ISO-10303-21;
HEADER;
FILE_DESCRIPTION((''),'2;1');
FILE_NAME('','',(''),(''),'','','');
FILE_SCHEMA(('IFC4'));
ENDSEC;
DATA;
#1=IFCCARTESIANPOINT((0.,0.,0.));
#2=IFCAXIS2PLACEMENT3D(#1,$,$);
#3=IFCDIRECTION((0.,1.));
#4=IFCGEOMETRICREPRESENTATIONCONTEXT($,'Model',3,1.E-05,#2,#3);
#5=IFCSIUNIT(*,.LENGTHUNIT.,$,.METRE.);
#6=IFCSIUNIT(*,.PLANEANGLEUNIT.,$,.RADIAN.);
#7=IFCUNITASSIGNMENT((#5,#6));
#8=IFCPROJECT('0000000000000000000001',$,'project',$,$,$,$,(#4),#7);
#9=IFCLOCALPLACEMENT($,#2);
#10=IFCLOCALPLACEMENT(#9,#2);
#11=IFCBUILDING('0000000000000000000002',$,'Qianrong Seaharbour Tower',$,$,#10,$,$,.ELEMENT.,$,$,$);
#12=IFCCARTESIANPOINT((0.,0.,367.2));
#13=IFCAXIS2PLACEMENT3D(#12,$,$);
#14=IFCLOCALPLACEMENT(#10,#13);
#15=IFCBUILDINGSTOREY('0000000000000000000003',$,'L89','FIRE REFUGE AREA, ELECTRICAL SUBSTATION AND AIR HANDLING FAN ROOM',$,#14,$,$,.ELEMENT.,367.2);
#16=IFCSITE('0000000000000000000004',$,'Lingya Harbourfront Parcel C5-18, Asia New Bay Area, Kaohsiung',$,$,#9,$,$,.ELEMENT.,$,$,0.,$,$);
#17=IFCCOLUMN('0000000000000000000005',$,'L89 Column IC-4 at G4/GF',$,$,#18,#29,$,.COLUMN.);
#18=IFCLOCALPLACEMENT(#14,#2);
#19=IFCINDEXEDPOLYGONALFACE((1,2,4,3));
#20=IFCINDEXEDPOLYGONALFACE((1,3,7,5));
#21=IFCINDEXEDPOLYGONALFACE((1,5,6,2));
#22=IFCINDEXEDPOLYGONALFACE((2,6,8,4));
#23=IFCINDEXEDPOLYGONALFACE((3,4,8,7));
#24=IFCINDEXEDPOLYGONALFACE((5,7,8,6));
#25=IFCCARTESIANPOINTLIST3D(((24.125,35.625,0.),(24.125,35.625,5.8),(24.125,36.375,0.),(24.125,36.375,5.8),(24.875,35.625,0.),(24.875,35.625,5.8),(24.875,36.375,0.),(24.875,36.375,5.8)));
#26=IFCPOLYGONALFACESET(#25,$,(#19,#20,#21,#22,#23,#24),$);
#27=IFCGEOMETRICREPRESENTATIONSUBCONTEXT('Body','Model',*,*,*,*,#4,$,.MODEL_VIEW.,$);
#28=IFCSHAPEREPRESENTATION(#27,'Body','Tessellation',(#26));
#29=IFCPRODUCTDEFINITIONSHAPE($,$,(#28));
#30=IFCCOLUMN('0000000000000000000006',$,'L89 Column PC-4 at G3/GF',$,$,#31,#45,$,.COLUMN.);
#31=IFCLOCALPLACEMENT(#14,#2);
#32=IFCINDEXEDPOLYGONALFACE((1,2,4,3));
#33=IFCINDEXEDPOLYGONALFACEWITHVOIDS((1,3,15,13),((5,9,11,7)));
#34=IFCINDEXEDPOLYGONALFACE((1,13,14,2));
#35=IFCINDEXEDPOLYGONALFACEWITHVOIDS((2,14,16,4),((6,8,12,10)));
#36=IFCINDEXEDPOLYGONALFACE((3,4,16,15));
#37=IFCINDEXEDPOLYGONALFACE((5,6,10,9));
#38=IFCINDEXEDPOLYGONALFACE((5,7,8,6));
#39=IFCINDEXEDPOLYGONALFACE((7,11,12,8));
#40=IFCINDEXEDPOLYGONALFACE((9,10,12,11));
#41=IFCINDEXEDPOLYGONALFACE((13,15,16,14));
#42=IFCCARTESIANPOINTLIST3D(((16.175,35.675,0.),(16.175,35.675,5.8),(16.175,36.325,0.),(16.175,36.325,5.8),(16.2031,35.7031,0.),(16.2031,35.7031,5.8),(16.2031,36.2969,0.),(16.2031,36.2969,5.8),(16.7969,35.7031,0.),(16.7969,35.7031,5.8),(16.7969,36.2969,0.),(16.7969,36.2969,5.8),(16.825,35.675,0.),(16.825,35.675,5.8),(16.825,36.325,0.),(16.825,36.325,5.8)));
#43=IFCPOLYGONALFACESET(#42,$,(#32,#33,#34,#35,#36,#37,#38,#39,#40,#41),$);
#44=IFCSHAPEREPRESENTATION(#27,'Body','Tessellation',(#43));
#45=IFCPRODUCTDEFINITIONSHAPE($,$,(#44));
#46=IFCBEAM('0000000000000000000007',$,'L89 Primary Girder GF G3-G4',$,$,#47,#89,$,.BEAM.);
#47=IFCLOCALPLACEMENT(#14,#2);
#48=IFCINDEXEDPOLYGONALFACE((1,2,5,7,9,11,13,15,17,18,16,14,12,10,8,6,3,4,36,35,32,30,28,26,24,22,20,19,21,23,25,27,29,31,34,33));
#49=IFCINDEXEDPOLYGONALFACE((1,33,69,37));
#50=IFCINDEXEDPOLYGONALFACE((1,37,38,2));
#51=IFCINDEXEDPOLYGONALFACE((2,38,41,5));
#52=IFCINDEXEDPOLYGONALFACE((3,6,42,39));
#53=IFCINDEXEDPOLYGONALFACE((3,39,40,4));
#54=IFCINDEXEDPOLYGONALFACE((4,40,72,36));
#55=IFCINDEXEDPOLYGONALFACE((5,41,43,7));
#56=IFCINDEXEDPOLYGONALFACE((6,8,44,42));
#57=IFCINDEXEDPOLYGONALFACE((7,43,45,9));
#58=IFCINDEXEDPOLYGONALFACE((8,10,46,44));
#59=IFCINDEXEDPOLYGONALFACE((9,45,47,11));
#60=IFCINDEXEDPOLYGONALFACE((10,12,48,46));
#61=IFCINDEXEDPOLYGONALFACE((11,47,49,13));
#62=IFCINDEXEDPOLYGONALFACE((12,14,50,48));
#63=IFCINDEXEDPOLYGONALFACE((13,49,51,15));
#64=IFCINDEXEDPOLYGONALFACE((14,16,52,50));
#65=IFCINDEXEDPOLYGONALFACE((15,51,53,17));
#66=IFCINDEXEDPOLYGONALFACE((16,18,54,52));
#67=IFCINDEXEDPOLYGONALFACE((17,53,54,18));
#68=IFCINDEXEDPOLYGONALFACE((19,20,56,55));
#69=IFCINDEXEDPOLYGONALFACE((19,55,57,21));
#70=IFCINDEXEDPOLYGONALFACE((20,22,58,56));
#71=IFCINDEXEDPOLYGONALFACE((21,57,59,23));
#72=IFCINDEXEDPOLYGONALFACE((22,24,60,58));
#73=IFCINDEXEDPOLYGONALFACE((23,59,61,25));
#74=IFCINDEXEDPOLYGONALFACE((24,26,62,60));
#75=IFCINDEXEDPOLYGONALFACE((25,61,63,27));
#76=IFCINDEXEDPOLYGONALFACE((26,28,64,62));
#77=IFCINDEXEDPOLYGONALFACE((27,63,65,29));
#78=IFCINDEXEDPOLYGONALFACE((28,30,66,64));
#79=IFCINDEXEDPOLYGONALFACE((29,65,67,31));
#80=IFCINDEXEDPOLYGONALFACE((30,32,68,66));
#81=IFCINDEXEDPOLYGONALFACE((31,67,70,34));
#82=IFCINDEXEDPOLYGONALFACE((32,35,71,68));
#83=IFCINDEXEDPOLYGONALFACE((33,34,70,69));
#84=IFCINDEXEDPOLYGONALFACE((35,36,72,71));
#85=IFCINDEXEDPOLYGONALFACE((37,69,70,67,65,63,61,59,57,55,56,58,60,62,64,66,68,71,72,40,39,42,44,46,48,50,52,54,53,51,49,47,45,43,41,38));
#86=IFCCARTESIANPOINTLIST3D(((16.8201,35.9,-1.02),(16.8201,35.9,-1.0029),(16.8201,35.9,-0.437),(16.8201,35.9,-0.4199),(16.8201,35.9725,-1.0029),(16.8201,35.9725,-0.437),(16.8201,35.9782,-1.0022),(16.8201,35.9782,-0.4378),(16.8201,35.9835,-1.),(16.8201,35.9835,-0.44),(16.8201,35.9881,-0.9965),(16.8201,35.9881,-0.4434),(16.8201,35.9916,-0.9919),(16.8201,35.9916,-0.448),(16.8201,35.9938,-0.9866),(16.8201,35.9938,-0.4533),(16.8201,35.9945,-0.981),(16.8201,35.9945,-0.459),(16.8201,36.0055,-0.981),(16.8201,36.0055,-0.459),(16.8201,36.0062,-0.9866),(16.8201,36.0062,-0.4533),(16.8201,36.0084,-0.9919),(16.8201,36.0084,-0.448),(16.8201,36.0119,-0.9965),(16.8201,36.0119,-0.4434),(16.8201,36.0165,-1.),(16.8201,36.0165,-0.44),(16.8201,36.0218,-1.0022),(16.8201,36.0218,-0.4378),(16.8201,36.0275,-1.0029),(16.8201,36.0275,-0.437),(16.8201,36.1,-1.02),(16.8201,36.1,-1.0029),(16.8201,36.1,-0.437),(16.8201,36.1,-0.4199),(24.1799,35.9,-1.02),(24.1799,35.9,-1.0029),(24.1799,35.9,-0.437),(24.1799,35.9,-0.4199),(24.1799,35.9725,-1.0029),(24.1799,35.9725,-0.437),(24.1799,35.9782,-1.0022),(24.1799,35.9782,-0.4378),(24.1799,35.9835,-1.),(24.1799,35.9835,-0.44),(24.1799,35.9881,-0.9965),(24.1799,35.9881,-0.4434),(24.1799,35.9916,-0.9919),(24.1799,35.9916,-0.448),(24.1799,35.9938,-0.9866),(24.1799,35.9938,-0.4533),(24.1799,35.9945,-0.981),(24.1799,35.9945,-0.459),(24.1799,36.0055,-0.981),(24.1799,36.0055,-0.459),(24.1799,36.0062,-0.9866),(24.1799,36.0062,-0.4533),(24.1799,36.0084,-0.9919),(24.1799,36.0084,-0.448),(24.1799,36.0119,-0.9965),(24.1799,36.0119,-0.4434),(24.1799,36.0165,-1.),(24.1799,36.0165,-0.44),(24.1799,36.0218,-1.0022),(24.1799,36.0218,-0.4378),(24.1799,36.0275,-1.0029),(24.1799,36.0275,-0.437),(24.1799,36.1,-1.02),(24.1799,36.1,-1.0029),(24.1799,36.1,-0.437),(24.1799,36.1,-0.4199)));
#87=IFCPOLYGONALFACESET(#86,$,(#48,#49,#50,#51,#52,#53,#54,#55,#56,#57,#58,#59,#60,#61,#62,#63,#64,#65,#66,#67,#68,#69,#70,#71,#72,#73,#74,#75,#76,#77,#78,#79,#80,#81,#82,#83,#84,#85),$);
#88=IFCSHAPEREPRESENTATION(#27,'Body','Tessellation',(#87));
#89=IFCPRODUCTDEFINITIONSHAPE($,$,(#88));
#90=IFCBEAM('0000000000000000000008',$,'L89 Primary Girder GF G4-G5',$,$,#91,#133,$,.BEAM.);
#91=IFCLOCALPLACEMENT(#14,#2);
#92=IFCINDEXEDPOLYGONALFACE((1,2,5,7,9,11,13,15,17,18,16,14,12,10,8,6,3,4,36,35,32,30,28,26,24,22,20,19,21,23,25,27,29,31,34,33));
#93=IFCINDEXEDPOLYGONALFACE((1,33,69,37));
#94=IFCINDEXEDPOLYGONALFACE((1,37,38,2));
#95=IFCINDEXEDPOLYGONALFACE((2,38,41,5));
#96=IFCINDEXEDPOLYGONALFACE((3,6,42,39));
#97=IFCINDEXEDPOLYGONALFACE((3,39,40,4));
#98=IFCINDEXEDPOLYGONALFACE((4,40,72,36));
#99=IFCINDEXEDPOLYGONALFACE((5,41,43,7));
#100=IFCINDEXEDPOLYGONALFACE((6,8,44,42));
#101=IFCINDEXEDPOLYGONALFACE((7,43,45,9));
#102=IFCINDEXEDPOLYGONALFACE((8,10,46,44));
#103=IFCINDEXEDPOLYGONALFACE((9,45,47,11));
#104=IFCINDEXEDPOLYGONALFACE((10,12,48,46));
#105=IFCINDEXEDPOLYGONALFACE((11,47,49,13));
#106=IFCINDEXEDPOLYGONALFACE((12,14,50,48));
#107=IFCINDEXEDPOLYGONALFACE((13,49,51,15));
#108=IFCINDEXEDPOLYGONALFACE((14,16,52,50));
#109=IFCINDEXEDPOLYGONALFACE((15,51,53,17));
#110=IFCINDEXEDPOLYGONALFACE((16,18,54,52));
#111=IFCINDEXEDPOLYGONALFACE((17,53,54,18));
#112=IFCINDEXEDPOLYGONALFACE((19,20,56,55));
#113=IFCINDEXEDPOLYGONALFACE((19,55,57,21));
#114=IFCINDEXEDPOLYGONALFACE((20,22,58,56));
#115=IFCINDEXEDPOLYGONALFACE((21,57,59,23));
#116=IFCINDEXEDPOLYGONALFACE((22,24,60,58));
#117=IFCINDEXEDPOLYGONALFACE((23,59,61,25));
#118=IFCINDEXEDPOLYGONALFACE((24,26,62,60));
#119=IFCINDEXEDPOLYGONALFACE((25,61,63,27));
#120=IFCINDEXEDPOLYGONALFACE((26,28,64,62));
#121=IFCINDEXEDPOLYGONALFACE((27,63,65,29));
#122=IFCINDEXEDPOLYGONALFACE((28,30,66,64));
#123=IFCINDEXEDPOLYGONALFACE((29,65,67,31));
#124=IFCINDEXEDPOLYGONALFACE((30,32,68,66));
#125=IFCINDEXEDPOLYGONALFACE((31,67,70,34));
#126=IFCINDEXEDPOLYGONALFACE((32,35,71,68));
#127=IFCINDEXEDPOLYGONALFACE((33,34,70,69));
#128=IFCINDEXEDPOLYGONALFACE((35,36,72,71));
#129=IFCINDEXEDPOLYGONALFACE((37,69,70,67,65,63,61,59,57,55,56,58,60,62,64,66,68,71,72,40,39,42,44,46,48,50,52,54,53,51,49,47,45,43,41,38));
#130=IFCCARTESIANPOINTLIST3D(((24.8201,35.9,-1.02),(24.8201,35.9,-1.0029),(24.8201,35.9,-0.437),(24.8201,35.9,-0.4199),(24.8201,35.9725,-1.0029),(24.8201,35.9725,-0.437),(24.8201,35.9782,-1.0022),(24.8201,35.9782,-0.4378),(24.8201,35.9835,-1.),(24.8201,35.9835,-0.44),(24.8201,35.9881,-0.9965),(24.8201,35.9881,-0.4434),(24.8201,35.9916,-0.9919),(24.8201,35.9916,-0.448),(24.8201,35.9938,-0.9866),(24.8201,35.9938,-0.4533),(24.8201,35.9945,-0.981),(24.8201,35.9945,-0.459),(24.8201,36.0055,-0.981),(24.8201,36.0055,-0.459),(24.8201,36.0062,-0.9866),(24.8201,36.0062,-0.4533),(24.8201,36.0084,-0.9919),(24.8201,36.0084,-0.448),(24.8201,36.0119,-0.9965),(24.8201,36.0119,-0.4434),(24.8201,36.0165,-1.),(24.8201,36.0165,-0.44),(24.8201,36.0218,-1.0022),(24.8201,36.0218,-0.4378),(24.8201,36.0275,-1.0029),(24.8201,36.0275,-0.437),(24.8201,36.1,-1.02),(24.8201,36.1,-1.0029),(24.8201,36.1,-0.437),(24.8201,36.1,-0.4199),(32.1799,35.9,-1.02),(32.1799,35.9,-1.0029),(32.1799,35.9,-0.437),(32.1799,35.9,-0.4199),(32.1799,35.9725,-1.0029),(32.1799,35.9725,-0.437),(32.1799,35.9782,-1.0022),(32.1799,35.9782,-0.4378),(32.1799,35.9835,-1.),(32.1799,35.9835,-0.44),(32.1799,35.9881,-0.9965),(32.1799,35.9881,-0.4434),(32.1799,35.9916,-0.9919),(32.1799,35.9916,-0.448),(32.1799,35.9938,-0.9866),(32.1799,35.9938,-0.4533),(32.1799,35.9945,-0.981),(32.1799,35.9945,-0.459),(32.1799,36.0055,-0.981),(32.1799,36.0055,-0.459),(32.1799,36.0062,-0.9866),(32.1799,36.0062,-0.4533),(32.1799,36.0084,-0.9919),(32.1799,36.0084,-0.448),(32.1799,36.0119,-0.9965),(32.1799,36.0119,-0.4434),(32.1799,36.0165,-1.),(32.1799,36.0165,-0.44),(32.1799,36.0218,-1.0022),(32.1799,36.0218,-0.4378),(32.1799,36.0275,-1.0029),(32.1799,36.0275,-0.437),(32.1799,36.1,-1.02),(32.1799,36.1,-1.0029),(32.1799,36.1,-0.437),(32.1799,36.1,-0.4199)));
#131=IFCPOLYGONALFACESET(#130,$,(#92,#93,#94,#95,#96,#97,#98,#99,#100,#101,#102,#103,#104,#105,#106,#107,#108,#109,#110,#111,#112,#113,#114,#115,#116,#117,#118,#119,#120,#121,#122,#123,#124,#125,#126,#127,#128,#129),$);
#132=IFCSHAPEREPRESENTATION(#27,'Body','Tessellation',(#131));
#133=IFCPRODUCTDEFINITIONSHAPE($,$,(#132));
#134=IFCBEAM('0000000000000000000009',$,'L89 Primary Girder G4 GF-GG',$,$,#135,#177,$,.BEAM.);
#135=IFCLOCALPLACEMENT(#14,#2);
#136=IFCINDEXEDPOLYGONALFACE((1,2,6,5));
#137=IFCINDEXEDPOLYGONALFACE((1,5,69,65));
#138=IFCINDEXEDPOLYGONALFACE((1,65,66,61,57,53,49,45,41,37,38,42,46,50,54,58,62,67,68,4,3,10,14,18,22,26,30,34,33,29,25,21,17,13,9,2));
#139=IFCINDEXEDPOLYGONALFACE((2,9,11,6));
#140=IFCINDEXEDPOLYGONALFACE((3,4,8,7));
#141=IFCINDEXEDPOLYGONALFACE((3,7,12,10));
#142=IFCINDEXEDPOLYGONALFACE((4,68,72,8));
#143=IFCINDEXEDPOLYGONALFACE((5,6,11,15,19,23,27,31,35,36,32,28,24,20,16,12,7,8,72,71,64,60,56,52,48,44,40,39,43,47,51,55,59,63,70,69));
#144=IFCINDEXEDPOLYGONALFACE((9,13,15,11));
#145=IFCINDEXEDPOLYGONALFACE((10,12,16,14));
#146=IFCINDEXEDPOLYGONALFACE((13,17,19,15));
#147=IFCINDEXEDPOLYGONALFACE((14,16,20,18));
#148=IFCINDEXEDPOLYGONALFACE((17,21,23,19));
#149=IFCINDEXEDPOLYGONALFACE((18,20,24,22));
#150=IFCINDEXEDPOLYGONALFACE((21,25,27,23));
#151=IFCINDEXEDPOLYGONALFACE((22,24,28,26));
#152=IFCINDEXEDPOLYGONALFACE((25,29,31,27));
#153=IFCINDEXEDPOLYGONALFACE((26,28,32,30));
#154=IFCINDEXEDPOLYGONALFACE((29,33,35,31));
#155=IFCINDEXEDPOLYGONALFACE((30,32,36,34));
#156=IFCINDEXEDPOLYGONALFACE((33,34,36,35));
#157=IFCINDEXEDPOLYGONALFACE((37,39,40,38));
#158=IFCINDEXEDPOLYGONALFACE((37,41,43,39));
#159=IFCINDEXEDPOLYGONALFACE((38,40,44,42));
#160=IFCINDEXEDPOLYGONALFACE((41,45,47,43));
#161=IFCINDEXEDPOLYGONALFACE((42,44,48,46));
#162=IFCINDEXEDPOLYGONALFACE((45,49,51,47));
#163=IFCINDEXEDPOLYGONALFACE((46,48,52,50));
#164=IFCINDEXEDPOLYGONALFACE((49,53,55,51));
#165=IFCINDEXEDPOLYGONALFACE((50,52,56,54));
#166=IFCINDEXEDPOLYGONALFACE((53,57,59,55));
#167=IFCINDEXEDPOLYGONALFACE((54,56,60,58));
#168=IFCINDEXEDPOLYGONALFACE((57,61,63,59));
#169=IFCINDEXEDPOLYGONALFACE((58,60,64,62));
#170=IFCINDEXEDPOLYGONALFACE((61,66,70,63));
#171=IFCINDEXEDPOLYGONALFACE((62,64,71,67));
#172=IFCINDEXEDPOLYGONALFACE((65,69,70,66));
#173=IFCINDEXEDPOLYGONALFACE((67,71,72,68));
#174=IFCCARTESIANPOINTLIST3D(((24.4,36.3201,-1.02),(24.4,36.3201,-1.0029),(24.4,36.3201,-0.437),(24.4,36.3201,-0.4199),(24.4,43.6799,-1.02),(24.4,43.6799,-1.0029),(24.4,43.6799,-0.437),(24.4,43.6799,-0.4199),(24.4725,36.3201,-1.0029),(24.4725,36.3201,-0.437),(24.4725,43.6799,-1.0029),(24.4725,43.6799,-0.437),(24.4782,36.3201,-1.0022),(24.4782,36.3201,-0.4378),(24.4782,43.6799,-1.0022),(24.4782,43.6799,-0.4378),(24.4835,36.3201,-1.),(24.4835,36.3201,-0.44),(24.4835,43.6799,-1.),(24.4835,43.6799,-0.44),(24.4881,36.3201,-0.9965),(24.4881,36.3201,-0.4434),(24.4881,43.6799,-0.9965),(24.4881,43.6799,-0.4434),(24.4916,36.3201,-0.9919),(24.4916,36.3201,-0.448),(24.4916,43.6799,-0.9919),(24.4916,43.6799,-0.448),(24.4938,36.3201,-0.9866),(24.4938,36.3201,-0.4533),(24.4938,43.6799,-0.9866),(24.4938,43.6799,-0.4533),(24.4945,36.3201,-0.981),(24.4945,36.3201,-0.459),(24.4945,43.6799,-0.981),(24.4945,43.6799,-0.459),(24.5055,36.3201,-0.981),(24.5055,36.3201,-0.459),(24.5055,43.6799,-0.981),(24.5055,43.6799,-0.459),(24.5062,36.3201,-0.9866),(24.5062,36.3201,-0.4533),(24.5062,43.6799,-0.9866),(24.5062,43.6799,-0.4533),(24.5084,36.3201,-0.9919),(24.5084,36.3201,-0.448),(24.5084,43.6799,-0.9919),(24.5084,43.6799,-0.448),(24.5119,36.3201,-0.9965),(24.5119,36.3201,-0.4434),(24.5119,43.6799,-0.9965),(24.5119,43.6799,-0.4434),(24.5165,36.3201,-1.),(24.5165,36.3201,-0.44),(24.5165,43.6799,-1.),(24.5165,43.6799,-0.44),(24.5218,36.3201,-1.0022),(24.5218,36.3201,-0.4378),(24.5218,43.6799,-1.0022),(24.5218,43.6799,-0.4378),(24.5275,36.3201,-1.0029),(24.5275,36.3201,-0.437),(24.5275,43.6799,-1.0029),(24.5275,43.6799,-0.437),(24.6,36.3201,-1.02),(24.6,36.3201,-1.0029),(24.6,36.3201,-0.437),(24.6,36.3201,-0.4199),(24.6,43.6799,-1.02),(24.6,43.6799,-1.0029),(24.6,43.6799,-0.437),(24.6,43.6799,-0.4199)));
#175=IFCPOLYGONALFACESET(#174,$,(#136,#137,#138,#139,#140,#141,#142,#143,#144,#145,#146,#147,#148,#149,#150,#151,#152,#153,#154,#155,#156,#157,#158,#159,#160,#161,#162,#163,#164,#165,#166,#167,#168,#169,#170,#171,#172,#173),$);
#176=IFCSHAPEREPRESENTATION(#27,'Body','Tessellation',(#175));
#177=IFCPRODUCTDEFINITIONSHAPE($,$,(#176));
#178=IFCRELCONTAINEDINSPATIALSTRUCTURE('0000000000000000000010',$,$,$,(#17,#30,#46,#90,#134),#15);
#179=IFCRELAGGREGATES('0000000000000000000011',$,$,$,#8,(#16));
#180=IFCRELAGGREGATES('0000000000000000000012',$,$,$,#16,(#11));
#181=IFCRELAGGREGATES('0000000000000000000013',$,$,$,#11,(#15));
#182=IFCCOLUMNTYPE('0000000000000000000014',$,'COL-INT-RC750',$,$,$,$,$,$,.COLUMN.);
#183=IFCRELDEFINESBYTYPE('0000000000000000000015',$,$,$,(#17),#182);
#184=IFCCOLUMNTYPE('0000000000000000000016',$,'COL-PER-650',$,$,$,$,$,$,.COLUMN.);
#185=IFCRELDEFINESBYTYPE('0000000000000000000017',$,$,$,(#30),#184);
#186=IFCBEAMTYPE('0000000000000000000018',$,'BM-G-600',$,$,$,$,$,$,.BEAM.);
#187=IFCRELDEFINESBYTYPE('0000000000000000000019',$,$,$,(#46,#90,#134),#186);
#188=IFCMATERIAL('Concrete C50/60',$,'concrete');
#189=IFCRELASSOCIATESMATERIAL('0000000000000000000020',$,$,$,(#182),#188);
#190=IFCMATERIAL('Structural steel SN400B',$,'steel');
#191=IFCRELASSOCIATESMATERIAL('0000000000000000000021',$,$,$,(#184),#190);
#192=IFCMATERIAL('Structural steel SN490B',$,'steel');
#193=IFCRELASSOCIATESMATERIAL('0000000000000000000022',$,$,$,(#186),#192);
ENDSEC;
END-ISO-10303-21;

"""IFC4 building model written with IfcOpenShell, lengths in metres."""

from ifc_helpers import new_model, si_unit, direction, frame, origin, origin_2d, place, context, subcontext, project, spatial, rectangle, hollow_rectangle, i_section, extrude, material, material_profile, profile_set, type_object, element, save


model = new_model("IFC4")

# Units and contexts
model_context = context("Model", 3, precision=1e-05, world=origin(), true_north=direction((0.0, 1.0)))
body_context = subcontext(model_context, "Body", "Model", "MODEL_VIEW")
ifc_project = project(units=[si_unit("LENGTHUNIT", "METRE"), si_unit("PLANEANGLEUNIT", "RADIAN")], contexts=[model_context])

# Site, building, storey
site_placement = place(None, origin())
site = spatial("IfcSite", under=ifc_project, at=site_placement, Name="Lingya Harbourfront Parcel C5-18, Asia New Bay Area, Kaohsiung", CompositionType="ELEMENT", RefElevation=0.0)
building_placement = place(site_placement, origin())
building = spatial("IfcBuilding", under=site, at=building_placement, Name="Qianrong Seaharbour Tower", CompositionType="ELEMENT")
storey_placement = place(building_placement, frame((0.0, 0.0, 367.2)))
storey = spatial("IfcBuildingStorey", under=building, at=storey_placement, Name="L89", Description="FIRE REFUGE AREA, ELECTRICAL SUBSTATION AND AIR HANDLING FAN ROOM", CompositionType="ELEMENT", Elevation=367.2)

# Columns
ifc_material_1 = material(Name="Concrete C50/60", Category="concrete")
ifc_material_profile_1 = material_profile(ifc_material_1, rectangle(XDim=0.75, YDim=0.75, at=origin_2d()), Name="RC750x750")
ifc_profile_set_1 = profile_set([ifc_material_profile_1], Name="Concrete C50/60")
column_type_1 = type_object("IfcColumnType", Name="COL-INT-RC750", PredefinedType="COLUMN", material=ifc_profile_set_1)
column_1_placement = place(storey_placement, frame((24.5, 36.0, 0.0), z_axis=(0.0, 0.0, 1.0), x_axis=(1.0, 0.0, 0.0)))
element("IfcColumn", 1, at=column_1_placement, inside=storey, type_object=column_type_1, Name="L89 Column IC-4 at G4/GF", PredefinedType="COLUMN", context=body_context, shape_type="SweptSolid", body=[
    extrude(rectangle(XDim=0.75, YDim=0.75, at=origin_2d()), origin(), (0.0, 0.0, 1.0), 5.8),
])
ifc_material_2 = material(Name="Structural steel SN400B", Category="steel")
ifc_material_profile_2 = material_profile(ifc_material_2, hollow_rectangle(XDim=0.6499, YDim=0.6499, WallThickness=0.0281, at=origin_2d()), Name="BOX650x650x28")
ifc_profile_set_2 = profile_set([ifc_material_profile_2], Name="Structural steel SN400B")
column_type_2 = type_object("IfcColumnType", Name="COL-PER-650", PredefinedType="COLUMN", material=ifc_profile_set_2)
column_2_placement = place(storey_placement, frame((16.5, 36.0, 0.0), z_axis=(0.0, 0.0, 1.0), x_axis=(1.0, 0.0, 0.0)))
element("IfcColumn", 2, at=column_2_placement, inside=storey, type_object=column_type_2, Name="L89 Column PC-4 at G3/GF", PredefinedType="COLUMN", context=body_context, shape_type="SweptSolid", body=[
    extrude(hollow_rectangle(XDim=0.6499, YDim=0.6499, WallThickness=0.0281, at=origin_2d()), origin(), (0.0, 0.0, 1.0), 5.8),
])

# Beams
ifc_material_3 = material(Name="Structural steel SN490B", Category="steel")
ifc_material_profile_3 = material_profile(ifc_material_3, i_section(OverallWidth=0.2, OverallDepth=0.6001, WebThickness=0.011, FlangeThickness=0.0171, FilletRadius=0.022, at=origin_2d()), Name="H600x200x11x17")
ifc_profile_set_3 = profile_set([ifc_material_profile_3], Name="Structural steel SN490B")
beam_type_1 = type_object("IfcBeamType", Name="BM-G-600", PredefinedType="BEAM", material=ifc_profile_set_3)
for number, where, z_axis, x_axis, name in (
    (3, (16.8201, 36.0, -0.72), (1.0, 0.0, 0.0), (0.0, 1.0, 0.0), "L89 Primary Girder GF G3-G4"),
    (4, (24.8201, 36.0, -0.72), (1.0, 0.0, 0.0), (0.0, 1.0, 0.0), "L89 Primary Girder GF G4-G5"),
    (5, (24.5, 36.3201, -0.72), (0.0, 1.0, 0.0), (-1.0, 0.0, 0.0), "L89 Primary Girder G4 GF-GG"),
):
    element("IfcBeam", number, at=place(storey_placement, frame(where, z_axis=z_axis, x_axis=x_axis)), inside=storey, type_object=beam_type_1, Name=name, PredefinedType="BEAM", context=body_context, shape_type="SweptSolid", body=[
        extrude(i_section(OverallWidth=0.2, OverallDepth=0.6001, WebThickness=0.011, FlangeThickness=0.0171, FilletRadius=0.022, at=origin_2d()), origin(), (0.0, 0.0, 1.0), 7.3599),
    ])

save(model, "model.ifc")
